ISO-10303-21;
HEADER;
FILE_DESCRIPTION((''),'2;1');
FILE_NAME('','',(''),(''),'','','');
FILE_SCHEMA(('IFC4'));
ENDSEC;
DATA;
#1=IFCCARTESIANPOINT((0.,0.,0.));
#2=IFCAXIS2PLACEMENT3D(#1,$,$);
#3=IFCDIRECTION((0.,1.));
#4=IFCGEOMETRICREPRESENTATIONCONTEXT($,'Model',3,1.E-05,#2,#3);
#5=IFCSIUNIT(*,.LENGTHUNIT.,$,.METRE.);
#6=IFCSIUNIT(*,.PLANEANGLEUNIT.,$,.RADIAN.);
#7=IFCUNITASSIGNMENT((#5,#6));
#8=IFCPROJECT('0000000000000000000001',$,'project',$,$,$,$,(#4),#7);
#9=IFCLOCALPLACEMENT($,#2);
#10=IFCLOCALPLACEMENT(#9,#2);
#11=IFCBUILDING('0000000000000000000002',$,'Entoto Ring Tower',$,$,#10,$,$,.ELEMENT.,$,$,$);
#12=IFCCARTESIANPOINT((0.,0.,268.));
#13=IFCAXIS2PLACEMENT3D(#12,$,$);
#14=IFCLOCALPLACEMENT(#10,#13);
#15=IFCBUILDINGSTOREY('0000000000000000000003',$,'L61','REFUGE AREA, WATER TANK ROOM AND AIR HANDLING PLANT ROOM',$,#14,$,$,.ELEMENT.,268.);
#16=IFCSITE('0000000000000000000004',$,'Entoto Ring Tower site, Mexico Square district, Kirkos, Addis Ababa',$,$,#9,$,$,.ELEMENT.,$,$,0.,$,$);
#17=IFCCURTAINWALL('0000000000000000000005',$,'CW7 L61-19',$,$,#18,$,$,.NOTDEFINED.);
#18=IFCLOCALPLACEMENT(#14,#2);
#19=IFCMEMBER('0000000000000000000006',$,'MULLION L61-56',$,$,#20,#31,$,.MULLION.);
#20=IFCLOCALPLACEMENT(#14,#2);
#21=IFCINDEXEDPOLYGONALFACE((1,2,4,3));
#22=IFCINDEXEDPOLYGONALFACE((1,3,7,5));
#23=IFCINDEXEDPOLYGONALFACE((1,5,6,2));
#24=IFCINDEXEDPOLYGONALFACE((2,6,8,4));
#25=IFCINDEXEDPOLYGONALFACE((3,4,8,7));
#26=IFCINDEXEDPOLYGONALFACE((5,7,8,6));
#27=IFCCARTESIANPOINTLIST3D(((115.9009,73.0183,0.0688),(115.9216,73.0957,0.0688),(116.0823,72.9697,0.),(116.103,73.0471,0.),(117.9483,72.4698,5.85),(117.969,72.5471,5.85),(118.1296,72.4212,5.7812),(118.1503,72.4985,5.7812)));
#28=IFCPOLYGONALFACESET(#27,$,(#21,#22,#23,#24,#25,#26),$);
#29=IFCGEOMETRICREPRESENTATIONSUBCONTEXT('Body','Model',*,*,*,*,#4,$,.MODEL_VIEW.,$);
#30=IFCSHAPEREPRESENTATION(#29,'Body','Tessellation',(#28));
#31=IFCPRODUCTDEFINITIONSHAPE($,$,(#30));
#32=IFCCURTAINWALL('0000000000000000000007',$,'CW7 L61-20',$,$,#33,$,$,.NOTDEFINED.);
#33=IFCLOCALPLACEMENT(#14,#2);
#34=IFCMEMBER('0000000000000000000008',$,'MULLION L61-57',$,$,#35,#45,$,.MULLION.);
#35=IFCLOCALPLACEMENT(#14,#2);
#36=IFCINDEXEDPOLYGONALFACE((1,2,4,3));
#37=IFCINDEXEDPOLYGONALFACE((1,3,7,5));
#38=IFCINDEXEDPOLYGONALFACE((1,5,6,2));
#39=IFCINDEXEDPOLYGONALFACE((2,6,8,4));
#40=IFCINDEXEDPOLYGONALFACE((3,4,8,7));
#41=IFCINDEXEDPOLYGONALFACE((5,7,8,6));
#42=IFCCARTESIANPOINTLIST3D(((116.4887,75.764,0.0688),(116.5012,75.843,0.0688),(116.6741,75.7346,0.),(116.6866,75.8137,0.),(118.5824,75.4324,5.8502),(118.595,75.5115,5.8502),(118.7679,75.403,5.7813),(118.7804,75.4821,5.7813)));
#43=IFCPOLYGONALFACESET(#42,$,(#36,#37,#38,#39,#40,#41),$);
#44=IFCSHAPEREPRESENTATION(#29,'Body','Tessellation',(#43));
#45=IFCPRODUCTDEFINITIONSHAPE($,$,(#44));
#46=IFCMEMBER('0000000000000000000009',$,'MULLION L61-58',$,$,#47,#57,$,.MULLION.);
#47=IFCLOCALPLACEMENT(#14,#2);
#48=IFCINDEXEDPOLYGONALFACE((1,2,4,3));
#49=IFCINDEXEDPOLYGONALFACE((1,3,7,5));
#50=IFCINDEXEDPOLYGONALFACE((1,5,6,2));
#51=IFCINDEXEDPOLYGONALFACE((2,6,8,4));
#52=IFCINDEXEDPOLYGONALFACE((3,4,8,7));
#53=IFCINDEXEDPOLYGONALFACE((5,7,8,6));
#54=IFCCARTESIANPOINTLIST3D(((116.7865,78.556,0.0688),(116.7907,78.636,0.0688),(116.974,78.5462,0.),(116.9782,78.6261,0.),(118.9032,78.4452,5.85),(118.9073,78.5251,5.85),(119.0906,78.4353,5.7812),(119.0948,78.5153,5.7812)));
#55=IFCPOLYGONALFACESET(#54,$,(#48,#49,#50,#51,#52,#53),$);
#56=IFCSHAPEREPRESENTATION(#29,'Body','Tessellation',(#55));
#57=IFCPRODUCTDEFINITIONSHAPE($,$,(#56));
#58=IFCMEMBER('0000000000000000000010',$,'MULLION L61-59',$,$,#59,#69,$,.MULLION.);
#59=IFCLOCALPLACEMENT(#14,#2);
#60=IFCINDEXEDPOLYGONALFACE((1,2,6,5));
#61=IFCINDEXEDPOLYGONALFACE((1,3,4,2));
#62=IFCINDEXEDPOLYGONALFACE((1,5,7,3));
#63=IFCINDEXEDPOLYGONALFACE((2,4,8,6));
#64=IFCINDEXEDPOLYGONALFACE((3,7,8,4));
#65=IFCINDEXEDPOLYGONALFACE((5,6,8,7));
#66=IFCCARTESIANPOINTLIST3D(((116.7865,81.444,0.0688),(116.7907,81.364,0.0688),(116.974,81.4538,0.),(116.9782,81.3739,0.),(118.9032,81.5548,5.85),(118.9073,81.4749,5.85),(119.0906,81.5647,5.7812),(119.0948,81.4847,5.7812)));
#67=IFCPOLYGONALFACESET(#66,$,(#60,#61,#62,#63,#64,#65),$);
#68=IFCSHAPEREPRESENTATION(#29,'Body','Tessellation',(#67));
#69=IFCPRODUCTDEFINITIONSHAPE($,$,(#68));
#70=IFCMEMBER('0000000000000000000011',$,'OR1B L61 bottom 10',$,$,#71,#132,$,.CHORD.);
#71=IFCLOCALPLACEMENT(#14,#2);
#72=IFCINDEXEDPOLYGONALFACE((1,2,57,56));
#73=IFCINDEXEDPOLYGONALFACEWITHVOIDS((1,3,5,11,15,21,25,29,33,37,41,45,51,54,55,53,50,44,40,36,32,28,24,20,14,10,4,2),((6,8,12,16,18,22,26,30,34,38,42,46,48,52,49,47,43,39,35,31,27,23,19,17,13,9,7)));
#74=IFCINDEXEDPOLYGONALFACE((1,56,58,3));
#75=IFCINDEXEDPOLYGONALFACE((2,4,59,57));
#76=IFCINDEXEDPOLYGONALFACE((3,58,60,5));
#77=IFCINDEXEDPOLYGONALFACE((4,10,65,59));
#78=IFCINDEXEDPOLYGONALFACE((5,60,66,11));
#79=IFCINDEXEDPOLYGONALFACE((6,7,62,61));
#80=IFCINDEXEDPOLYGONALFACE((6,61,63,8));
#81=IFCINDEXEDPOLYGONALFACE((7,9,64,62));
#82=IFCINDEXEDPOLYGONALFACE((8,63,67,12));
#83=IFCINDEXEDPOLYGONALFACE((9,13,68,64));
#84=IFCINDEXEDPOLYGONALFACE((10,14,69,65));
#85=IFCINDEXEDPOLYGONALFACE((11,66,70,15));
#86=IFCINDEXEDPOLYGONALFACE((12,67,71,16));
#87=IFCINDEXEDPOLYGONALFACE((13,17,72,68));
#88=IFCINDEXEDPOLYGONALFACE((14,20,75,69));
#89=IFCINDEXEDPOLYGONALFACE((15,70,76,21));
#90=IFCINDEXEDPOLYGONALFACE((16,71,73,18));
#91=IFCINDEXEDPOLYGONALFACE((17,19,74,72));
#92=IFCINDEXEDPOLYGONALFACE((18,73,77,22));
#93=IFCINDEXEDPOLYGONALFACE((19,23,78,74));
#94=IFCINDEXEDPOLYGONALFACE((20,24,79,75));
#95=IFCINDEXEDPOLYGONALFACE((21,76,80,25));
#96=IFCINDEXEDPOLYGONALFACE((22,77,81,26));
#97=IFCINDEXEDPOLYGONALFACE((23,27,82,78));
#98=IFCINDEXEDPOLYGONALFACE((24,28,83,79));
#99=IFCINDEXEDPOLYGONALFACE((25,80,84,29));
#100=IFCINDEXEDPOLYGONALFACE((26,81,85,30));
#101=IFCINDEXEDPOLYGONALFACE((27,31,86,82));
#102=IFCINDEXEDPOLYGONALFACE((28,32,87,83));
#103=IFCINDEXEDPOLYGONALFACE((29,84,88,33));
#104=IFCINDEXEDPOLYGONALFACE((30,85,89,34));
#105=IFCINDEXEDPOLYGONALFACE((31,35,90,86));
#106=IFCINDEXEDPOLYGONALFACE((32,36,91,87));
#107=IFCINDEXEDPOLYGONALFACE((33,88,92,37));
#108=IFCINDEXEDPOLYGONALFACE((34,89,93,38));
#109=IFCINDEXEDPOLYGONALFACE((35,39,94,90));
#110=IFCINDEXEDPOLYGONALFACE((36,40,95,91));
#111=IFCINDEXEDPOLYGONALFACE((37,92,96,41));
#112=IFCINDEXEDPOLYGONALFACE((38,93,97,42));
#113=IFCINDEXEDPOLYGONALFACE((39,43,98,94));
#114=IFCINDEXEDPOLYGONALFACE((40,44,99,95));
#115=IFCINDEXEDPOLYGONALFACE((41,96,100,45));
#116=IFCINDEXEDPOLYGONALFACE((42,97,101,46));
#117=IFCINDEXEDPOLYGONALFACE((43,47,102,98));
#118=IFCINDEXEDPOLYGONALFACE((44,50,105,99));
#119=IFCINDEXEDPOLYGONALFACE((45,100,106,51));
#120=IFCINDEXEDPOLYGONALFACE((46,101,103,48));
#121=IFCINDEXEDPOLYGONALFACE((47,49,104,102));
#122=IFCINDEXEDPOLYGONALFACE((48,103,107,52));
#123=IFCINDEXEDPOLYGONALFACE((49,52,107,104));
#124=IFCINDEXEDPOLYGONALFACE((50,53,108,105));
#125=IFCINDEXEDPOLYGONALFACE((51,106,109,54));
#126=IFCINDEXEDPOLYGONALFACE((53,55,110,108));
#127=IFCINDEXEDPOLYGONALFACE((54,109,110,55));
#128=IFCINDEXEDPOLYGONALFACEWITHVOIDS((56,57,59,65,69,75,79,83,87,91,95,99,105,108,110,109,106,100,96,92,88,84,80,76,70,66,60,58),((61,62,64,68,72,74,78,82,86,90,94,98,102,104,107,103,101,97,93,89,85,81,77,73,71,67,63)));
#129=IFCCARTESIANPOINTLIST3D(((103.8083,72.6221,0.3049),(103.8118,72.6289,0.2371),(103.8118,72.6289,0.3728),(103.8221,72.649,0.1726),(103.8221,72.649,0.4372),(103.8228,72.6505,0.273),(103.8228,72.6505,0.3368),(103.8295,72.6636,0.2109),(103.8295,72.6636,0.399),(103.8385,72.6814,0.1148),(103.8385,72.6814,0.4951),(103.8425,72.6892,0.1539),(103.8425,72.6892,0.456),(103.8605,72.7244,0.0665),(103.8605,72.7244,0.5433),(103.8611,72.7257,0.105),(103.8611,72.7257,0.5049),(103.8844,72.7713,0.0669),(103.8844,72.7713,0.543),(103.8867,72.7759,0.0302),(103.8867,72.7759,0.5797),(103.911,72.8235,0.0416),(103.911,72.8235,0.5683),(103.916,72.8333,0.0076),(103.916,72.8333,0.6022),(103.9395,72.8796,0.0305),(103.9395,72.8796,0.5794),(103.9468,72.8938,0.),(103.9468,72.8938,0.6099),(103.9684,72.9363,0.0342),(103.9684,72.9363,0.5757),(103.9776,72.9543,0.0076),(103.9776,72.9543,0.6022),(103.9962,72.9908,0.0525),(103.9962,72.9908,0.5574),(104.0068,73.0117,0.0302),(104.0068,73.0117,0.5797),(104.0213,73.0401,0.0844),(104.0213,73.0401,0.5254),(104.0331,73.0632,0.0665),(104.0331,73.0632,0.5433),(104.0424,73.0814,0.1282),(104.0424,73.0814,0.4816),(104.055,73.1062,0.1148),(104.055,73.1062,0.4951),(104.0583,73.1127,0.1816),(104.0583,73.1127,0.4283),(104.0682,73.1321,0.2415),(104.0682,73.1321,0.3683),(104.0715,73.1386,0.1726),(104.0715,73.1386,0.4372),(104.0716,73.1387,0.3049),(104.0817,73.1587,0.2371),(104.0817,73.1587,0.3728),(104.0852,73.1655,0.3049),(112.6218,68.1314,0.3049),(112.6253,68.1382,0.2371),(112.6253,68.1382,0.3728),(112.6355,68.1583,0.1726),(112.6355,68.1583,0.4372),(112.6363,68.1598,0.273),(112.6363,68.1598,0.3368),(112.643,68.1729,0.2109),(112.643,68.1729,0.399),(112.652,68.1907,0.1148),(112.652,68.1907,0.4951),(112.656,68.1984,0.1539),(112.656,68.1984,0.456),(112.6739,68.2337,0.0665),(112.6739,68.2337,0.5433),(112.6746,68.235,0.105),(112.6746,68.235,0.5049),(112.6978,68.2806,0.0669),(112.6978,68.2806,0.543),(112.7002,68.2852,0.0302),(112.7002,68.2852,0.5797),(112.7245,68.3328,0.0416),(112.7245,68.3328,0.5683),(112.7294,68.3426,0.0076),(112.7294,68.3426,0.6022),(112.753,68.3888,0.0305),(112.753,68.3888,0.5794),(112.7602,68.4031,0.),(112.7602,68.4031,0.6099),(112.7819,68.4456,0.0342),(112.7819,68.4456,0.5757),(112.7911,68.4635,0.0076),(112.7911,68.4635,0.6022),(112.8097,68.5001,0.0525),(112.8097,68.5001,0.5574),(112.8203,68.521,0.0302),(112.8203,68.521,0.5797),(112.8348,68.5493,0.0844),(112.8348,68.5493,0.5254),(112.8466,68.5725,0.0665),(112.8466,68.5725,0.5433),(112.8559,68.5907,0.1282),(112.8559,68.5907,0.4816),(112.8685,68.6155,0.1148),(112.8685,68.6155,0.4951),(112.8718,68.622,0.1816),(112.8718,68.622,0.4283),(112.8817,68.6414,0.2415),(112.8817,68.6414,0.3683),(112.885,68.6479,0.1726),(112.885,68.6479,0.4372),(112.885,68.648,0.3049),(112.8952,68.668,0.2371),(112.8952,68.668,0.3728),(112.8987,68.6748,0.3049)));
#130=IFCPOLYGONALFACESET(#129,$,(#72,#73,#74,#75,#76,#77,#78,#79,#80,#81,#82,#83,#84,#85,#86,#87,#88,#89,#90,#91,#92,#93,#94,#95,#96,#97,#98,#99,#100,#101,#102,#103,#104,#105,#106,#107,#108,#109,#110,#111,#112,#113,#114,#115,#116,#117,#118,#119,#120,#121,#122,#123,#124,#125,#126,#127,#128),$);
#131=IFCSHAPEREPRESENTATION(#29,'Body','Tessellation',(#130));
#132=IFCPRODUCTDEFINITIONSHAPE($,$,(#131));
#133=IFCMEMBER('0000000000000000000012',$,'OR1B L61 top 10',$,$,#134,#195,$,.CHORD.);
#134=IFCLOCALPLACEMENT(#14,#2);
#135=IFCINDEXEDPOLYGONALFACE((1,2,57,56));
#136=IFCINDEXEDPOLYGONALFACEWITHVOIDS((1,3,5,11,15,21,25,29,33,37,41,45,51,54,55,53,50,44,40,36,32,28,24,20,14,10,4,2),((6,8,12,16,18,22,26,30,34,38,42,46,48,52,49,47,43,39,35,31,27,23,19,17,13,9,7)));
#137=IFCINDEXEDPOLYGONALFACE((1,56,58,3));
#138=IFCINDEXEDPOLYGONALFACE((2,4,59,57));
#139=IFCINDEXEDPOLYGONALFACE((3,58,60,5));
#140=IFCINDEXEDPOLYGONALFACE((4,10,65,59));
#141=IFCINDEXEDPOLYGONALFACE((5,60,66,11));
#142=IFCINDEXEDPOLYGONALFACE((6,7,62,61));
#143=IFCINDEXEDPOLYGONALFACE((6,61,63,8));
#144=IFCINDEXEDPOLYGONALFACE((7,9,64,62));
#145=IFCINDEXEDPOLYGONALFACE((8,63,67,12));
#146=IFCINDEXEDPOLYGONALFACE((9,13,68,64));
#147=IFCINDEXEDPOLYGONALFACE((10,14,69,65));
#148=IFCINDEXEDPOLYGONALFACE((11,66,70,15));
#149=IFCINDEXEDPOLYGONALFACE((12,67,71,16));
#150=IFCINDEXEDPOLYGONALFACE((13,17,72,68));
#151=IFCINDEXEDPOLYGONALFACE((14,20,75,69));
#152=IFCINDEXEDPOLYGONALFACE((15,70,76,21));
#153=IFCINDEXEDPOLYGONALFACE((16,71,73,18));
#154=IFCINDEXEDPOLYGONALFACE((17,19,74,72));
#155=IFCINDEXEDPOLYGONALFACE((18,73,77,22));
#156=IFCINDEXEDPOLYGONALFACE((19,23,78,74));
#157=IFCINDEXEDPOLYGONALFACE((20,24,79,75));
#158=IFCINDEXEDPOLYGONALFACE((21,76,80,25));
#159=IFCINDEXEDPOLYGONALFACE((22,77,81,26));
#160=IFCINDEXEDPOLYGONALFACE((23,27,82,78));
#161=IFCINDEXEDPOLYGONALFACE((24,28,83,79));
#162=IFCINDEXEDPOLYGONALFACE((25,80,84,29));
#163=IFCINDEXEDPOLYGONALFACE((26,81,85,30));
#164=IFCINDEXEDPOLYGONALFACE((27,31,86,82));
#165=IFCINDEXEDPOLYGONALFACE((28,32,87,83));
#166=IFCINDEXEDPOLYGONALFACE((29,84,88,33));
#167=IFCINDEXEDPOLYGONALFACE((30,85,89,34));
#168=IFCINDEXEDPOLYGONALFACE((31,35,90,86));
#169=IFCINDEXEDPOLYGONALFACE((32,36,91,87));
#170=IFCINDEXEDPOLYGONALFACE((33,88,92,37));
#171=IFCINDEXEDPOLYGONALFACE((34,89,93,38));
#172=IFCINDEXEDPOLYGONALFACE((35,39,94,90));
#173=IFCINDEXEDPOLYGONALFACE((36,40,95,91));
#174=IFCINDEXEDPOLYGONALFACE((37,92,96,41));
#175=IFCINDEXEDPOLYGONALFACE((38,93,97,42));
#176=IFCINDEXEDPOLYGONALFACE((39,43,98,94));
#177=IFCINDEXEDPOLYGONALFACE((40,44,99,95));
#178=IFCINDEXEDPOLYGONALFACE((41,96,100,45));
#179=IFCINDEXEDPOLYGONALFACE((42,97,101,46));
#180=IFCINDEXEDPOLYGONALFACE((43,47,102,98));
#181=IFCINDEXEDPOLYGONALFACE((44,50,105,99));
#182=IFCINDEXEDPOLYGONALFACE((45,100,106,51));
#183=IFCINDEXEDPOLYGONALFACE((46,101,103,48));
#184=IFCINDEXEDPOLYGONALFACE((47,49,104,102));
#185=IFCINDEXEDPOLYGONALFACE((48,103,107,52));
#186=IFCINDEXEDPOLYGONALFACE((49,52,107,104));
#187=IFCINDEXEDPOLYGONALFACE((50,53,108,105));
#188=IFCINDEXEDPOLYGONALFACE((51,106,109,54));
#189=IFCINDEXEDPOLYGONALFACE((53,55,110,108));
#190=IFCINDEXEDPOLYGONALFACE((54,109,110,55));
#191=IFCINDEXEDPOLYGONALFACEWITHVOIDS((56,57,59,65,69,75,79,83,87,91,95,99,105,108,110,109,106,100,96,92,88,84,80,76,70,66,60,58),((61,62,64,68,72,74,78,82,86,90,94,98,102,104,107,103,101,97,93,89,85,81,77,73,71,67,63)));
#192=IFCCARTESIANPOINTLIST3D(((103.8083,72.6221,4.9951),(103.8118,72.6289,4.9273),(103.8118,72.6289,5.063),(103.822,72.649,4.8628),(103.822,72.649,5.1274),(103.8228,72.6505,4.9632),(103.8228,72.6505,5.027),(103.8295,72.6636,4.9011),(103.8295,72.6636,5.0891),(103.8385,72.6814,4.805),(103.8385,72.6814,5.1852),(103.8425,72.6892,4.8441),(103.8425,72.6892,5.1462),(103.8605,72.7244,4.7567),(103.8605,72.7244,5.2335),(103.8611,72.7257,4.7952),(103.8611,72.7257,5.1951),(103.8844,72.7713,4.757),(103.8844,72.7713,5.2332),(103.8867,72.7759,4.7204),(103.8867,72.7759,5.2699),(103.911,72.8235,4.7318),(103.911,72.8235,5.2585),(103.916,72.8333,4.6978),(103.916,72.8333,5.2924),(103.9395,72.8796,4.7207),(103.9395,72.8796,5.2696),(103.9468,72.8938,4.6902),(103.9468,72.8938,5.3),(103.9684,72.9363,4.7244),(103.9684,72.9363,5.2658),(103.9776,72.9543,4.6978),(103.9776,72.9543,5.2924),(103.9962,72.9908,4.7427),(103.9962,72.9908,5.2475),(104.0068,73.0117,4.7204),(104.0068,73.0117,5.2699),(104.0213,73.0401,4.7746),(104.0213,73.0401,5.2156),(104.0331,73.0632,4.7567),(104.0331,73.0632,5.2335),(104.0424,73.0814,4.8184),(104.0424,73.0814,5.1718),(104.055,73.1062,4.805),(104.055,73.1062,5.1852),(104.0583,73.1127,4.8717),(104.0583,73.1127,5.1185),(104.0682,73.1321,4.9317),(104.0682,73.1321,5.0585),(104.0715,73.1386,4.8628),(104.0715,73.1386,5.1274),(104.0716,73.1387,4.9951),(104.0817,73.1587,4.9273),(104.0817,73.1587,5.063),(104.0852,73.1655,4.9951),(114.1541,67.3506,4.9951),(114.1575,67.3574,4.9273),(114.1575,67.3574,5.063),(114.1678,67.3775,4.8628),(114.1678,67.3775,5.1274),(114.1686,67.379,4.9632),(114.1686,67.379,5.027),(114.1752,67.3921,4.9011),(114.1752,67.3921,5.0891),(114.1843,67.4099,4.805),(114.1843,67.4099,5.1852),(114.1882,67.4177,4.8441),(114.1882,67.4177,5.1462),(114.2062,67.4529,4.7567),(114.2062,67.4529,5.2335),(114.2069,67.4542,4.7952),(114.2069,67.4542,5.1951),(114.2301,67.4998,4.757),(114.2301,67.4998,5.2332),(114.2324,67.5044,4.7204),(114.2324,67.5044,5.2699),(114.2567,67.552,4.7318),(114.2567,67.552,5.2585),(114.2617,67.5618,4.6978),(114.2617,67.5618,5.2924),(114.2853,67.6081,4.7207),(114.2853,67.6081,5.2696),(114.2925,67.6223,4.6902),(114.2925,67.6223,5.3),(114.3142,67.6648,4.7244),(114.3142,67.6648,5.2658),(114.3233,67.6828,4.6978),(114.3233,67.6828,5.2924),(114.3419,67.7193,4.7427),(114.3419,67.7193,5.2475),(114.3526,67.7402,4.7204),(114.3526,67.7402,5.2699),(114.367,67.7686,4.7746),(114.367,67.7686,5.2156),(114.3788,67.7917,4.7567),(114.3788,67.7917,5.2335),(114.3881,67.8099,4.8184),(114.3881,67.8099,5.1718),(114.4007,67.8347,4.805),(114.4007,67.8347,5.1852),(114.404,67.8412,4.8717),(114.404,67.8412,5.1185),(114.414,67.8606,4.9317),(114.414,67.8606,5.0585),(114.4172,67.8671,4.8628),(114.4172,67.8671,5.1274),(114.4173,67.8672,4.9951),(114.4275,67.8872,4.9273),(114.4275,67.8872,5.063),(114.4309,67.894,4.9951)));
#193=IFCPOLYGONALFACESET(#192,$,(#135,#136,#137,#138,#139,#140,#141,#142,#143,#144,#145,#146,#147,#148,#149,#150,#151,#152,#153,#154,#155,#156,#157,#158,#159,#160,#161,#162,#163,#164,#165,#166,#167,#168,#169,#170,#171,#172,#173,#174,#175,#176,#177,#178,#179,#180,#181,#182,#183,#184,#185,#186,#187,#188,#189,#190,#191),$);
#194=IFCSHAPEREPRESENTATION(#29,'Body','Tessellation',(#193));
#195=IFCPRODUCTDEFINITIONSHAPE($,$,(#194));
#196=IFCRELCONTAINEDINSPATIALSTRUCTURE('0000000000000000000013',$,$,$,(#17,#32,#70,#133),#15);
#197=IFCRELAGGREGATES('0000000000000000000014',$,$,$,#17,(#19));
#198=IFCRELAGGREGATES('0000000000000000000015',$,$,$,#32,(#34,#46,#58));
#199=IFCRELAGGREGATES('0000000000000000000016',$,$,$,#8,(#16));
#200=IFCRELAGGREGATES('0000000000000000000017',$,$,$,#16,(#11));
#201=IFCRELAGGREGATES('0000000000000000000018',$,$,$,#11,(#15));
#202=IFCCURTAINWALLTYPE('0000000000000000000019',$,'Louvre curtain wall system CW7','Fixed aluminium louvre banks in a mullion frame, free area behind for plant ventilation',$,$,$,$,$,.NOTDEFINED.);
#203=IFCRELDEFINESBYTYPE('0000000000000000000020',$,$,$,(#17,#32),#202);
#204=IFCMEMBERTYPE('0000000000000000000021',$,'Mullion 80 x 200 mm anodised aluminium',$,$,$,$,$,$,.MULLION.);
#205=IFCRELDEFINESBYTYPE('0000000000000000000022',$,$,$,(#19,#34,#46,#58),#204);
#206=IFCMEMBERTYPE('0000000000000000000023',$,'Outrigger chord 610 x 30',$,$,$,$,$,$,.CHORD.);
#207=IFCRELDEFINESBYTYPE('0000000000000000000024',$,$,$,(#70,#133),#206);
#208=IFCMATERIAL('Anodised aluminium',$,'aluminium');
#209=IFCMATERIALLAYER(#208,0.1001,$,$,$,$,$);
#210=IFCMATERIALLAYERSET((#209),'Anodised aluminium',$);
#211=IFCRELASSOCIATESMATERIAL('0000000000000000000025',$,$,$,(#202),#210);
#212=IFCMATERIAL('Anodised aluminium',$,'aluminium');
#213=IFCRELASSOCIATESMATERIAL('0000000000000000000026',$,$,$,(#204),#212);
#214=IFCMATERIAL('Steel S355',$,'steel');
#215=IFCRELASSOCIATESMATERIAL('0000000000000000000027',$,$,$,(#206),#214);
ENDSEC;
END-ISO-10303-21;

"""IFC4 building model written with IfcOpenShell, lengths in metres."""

from ifc_helpers import new_model, si_unit, direction, frame, origin, origin_2d, place, context, subcontext, project, spatial, rectangle, circle, hollow_circle, extrude, material, layer, layer_set, material_profile, profile_set, type_object, element, aggregate, save


model = new_model("IFC4")

# Units and contexts
model_context = context("Model", 3, precision=1e-05, world=origin(), true_north=direction((0.0, 1.0)))
body_context = subcontext(model_context, "Body", "Model", "MODEL_VIEW")
ifc_project = project(units=[si_unit("LENGTHUNIT", "METRE"), si_unit("PLANEANGLEUNIT", "RADIAN")], contexts=[model_context])

# Site, building, storey
site_placement = place(None, origin())
site = spatial("IfcSite", under=ifc_project, at=site_placement, Name="Entoto Ring Tower site, Mexico Square district, Kirkos, Addis Ababa", CompositionType="ELEMENT", RefElevation=0.0)
building_placement = place(site_placement, origin())
building = spatial("IfcBuilding", under=site, at=building_placement, Name="Entoto Ring Tower", CompositionType="ELEMENT")
storey_placement = place(building_placement, frame((0.0, 0.0, 268.0)))
storey = spatial("IfcBuildingStorey", under=building, at=storey_placement, Name="L61", Description="REFUGE AREA, WATER TANK ROOM AND AIR HANDLING PLANT ROOM", CompositionType="ELEMENT", Elevation=268.0)

# Curtain walls, members
ifc_material_1 = material(Name="Anodised aluminium", Category="aluminium")
ifc_layer_1 = layer(ifc_material_1, 0.1001)
ifc_layer_set_1 = layer_set([ifc_layer_1], Name="Anodised aluminium")
curtain_wall_type = type_object("IfcCurtainWallType", Name="Louvre curtain wall system CW7", Description="Fixed aluminium louvre banks in a mullion frame, free area behind for plant ventilation", PredefinedType="NOTDEFINED", material=ifc_layer_set_1)
curtain_wall_1_placement = place(storey_placement, origin())
curtain_wall_1 = element("IfcCurtainWall", 1, at=curtain_wall_1_placement, inside=storey, type_object=curtain_wall_type, Name="CW7 L61-19", PredefinedType="NOTDEFINED")
ifc_material_2 = material(Name="Anodised aluminium", Category="aluminium")
ifc_material_profile_1 = material_profile(ifc_material_2, rectangle(XDim=0.0801, YDim=0.2, at=origin_2d()), Name="Mullion 80 x 200 mm anodised aluminium")
ifc_profile_set_1 = profile_set([ifc_material_profile_1], Name="Anodised aluminium")
member_type_1 = type_object("IfcMemberType", Name="Mullion 80 x 200 mm anodised aluminium", PredefinedType="MULLION", material=ifc_profile_set_1)
member_1_placement = place(storey_placement, frame((116.002, 73.0327, 0.0344), z_axis=(0.332496, -0.089091, 0.938887), x_axis=(0.258817, 0.965926, 0.0)))
member_1 = element("IfcMember", 2, at=member_1_placement, type_object=member_type_1, Name="MULLION L61-56", PredefinedType="MULLION", context=body_context, shape_type="SweptSolid", body=[
    extrude(rectangle(XDim=0.0801, YDim=0.2, at=origin_2d()), origin(), (0.0, 0.0, 1.0), 6.1575),
])
aggregate(curtain_wall_1, [member_1])
curtain_wall_2_placement = place(storey_placement, origin())
curtain_wall_2 = element("IfcCurtainWall", 3, at=curtain_wall_2_placement, inside=storey, type_object=curtain_wall_type, Name="CW7 L61-20", PredefinedType="NOTDEFINED")
member_2_placement = place(storey_placement, frame((116.5876, 75.7888, 0.0344), z_axis=(0.340025, -0.053843, 0.938874), x_axis=(0.1564, 0.987694, 0.0)))
member_2 = element("IfcMember", 4, at=member_2_placement, type_object=member_type_1, Name="MULLION L61-57", PredefinedType="MULLION", context=body_context, shape_type="SweptSolid", body=[
    extrude(rectangle(XDim=0.0801, YDim=0.2, at=origin_2d()), origin(), (0.0, 0.0, 1.0), 6.1577),
])
member_3_placement = place(storey_placement, frame((116.8823, 78.5911, 0.0344), z_axis=(0.343756, -0.018001, 0.938886), x_axis=(0.052293, 0.998632, 0.0)))
member_3 = element("IfcMember", 5, at=member_3_placement, type_object=member_type_1, Name="MULLION L61-58", PredefinedType="MULLION", context=body_context, shape_type="SweptSolid", body=[
    extrude(rectangle(XDim=0.0801, YDim=0.2, at=origin_2d()), origin(), (0.0, 0.0, 1.0), 6.1575),
])
member_4_placement = place(storey_placement, frame((116.8823, 81.4089, 0.0344), z_axis=(0.343756, 0.018001, 0.938886), x_axis=(-0.052293, 0.998632, 0.0)))
member_4 = element("IfcMember", 6, at=member_4_placement, type_object=member_type_1, Name="MULLION L61-59", PredefinedType="MULLION", context=body_context, shape_type="SweptSolid", body=[
    extrude(rectangle(XDim=0.0801, YDim=0.2, at=origin_2d()), origin(), (0.0, 0.0, 1.0), 6.1575),
])
aggregate(curtain_wall_2, [member_2, member_3, member_4])

# Members
ifc_material_3 = material(Name="Steel S355", Category="steel")
ifc_material_profile_2 = material_profile(ifc_material_3, hollow_circle(Radius=0.3049, WallThickness=0.03, at=origin_2d()), Name="CHS 610 x 30")
ifc_material_4 = material(Name="Concrete C60/75", Category="concrete")
ifc_material_profile_3 = material_profile(ifc_material_4, circle(Radius=0.2749, at=origin_2d()), Name="Concrete C60/75 infill")
ifc_profile_set_2 = profile_set([ifc_material_profile_2, ifc_material_profile_3], Name="Steel S355")
member_type_2 = type_object("IfcMemberType", Name="Outrigger chord 610 x 30", PredefinedType="CHORD", material=ifc_profile_set_2)
member_5_placement = place(storey_placement, frame((103.9468, 72.8938, 0.3049), z_axis=(0.891005, -0.453993, 0.0), x_axis=(0.453993, 0.891005, 0.0)))
element("IfcMember", 7, at=member_5_placement, inside=storey, type_object=member_type_2, Name="OR1B L61 bottom 10", PredefinedType="CHORD", context=body_context, shape_type="SweptSolid", body=[
    extrude(hollow_circle(Radius=0.3049, WallThickness=0.03, at=origin_2d()), origin(), (0.0, 0.0, 1.0), 9.8916),
])
member_6_placement = place(storey_placement, frame((103.9468, 72.8938, 4.9951), z_axis=(0.891004, -0.453996, 0.0), x_axis=(0.453996, 0.891004, 0.0)))
element("IfcMember", 8, at=member_6_placement, inside=storey, type_object=member_type_2, Name="OR1B L61 top 10", PredefinedType="CHORD", context=body_context, shape_type="SweptSolid", body=[
    extrude(hollow_circle(Radius=0.3049, WallThickness=0.03, at=origin_2d()), origin(), (0.0, 0.0, 1.0), 11.6113),
])

save(model, "model.ifc")
